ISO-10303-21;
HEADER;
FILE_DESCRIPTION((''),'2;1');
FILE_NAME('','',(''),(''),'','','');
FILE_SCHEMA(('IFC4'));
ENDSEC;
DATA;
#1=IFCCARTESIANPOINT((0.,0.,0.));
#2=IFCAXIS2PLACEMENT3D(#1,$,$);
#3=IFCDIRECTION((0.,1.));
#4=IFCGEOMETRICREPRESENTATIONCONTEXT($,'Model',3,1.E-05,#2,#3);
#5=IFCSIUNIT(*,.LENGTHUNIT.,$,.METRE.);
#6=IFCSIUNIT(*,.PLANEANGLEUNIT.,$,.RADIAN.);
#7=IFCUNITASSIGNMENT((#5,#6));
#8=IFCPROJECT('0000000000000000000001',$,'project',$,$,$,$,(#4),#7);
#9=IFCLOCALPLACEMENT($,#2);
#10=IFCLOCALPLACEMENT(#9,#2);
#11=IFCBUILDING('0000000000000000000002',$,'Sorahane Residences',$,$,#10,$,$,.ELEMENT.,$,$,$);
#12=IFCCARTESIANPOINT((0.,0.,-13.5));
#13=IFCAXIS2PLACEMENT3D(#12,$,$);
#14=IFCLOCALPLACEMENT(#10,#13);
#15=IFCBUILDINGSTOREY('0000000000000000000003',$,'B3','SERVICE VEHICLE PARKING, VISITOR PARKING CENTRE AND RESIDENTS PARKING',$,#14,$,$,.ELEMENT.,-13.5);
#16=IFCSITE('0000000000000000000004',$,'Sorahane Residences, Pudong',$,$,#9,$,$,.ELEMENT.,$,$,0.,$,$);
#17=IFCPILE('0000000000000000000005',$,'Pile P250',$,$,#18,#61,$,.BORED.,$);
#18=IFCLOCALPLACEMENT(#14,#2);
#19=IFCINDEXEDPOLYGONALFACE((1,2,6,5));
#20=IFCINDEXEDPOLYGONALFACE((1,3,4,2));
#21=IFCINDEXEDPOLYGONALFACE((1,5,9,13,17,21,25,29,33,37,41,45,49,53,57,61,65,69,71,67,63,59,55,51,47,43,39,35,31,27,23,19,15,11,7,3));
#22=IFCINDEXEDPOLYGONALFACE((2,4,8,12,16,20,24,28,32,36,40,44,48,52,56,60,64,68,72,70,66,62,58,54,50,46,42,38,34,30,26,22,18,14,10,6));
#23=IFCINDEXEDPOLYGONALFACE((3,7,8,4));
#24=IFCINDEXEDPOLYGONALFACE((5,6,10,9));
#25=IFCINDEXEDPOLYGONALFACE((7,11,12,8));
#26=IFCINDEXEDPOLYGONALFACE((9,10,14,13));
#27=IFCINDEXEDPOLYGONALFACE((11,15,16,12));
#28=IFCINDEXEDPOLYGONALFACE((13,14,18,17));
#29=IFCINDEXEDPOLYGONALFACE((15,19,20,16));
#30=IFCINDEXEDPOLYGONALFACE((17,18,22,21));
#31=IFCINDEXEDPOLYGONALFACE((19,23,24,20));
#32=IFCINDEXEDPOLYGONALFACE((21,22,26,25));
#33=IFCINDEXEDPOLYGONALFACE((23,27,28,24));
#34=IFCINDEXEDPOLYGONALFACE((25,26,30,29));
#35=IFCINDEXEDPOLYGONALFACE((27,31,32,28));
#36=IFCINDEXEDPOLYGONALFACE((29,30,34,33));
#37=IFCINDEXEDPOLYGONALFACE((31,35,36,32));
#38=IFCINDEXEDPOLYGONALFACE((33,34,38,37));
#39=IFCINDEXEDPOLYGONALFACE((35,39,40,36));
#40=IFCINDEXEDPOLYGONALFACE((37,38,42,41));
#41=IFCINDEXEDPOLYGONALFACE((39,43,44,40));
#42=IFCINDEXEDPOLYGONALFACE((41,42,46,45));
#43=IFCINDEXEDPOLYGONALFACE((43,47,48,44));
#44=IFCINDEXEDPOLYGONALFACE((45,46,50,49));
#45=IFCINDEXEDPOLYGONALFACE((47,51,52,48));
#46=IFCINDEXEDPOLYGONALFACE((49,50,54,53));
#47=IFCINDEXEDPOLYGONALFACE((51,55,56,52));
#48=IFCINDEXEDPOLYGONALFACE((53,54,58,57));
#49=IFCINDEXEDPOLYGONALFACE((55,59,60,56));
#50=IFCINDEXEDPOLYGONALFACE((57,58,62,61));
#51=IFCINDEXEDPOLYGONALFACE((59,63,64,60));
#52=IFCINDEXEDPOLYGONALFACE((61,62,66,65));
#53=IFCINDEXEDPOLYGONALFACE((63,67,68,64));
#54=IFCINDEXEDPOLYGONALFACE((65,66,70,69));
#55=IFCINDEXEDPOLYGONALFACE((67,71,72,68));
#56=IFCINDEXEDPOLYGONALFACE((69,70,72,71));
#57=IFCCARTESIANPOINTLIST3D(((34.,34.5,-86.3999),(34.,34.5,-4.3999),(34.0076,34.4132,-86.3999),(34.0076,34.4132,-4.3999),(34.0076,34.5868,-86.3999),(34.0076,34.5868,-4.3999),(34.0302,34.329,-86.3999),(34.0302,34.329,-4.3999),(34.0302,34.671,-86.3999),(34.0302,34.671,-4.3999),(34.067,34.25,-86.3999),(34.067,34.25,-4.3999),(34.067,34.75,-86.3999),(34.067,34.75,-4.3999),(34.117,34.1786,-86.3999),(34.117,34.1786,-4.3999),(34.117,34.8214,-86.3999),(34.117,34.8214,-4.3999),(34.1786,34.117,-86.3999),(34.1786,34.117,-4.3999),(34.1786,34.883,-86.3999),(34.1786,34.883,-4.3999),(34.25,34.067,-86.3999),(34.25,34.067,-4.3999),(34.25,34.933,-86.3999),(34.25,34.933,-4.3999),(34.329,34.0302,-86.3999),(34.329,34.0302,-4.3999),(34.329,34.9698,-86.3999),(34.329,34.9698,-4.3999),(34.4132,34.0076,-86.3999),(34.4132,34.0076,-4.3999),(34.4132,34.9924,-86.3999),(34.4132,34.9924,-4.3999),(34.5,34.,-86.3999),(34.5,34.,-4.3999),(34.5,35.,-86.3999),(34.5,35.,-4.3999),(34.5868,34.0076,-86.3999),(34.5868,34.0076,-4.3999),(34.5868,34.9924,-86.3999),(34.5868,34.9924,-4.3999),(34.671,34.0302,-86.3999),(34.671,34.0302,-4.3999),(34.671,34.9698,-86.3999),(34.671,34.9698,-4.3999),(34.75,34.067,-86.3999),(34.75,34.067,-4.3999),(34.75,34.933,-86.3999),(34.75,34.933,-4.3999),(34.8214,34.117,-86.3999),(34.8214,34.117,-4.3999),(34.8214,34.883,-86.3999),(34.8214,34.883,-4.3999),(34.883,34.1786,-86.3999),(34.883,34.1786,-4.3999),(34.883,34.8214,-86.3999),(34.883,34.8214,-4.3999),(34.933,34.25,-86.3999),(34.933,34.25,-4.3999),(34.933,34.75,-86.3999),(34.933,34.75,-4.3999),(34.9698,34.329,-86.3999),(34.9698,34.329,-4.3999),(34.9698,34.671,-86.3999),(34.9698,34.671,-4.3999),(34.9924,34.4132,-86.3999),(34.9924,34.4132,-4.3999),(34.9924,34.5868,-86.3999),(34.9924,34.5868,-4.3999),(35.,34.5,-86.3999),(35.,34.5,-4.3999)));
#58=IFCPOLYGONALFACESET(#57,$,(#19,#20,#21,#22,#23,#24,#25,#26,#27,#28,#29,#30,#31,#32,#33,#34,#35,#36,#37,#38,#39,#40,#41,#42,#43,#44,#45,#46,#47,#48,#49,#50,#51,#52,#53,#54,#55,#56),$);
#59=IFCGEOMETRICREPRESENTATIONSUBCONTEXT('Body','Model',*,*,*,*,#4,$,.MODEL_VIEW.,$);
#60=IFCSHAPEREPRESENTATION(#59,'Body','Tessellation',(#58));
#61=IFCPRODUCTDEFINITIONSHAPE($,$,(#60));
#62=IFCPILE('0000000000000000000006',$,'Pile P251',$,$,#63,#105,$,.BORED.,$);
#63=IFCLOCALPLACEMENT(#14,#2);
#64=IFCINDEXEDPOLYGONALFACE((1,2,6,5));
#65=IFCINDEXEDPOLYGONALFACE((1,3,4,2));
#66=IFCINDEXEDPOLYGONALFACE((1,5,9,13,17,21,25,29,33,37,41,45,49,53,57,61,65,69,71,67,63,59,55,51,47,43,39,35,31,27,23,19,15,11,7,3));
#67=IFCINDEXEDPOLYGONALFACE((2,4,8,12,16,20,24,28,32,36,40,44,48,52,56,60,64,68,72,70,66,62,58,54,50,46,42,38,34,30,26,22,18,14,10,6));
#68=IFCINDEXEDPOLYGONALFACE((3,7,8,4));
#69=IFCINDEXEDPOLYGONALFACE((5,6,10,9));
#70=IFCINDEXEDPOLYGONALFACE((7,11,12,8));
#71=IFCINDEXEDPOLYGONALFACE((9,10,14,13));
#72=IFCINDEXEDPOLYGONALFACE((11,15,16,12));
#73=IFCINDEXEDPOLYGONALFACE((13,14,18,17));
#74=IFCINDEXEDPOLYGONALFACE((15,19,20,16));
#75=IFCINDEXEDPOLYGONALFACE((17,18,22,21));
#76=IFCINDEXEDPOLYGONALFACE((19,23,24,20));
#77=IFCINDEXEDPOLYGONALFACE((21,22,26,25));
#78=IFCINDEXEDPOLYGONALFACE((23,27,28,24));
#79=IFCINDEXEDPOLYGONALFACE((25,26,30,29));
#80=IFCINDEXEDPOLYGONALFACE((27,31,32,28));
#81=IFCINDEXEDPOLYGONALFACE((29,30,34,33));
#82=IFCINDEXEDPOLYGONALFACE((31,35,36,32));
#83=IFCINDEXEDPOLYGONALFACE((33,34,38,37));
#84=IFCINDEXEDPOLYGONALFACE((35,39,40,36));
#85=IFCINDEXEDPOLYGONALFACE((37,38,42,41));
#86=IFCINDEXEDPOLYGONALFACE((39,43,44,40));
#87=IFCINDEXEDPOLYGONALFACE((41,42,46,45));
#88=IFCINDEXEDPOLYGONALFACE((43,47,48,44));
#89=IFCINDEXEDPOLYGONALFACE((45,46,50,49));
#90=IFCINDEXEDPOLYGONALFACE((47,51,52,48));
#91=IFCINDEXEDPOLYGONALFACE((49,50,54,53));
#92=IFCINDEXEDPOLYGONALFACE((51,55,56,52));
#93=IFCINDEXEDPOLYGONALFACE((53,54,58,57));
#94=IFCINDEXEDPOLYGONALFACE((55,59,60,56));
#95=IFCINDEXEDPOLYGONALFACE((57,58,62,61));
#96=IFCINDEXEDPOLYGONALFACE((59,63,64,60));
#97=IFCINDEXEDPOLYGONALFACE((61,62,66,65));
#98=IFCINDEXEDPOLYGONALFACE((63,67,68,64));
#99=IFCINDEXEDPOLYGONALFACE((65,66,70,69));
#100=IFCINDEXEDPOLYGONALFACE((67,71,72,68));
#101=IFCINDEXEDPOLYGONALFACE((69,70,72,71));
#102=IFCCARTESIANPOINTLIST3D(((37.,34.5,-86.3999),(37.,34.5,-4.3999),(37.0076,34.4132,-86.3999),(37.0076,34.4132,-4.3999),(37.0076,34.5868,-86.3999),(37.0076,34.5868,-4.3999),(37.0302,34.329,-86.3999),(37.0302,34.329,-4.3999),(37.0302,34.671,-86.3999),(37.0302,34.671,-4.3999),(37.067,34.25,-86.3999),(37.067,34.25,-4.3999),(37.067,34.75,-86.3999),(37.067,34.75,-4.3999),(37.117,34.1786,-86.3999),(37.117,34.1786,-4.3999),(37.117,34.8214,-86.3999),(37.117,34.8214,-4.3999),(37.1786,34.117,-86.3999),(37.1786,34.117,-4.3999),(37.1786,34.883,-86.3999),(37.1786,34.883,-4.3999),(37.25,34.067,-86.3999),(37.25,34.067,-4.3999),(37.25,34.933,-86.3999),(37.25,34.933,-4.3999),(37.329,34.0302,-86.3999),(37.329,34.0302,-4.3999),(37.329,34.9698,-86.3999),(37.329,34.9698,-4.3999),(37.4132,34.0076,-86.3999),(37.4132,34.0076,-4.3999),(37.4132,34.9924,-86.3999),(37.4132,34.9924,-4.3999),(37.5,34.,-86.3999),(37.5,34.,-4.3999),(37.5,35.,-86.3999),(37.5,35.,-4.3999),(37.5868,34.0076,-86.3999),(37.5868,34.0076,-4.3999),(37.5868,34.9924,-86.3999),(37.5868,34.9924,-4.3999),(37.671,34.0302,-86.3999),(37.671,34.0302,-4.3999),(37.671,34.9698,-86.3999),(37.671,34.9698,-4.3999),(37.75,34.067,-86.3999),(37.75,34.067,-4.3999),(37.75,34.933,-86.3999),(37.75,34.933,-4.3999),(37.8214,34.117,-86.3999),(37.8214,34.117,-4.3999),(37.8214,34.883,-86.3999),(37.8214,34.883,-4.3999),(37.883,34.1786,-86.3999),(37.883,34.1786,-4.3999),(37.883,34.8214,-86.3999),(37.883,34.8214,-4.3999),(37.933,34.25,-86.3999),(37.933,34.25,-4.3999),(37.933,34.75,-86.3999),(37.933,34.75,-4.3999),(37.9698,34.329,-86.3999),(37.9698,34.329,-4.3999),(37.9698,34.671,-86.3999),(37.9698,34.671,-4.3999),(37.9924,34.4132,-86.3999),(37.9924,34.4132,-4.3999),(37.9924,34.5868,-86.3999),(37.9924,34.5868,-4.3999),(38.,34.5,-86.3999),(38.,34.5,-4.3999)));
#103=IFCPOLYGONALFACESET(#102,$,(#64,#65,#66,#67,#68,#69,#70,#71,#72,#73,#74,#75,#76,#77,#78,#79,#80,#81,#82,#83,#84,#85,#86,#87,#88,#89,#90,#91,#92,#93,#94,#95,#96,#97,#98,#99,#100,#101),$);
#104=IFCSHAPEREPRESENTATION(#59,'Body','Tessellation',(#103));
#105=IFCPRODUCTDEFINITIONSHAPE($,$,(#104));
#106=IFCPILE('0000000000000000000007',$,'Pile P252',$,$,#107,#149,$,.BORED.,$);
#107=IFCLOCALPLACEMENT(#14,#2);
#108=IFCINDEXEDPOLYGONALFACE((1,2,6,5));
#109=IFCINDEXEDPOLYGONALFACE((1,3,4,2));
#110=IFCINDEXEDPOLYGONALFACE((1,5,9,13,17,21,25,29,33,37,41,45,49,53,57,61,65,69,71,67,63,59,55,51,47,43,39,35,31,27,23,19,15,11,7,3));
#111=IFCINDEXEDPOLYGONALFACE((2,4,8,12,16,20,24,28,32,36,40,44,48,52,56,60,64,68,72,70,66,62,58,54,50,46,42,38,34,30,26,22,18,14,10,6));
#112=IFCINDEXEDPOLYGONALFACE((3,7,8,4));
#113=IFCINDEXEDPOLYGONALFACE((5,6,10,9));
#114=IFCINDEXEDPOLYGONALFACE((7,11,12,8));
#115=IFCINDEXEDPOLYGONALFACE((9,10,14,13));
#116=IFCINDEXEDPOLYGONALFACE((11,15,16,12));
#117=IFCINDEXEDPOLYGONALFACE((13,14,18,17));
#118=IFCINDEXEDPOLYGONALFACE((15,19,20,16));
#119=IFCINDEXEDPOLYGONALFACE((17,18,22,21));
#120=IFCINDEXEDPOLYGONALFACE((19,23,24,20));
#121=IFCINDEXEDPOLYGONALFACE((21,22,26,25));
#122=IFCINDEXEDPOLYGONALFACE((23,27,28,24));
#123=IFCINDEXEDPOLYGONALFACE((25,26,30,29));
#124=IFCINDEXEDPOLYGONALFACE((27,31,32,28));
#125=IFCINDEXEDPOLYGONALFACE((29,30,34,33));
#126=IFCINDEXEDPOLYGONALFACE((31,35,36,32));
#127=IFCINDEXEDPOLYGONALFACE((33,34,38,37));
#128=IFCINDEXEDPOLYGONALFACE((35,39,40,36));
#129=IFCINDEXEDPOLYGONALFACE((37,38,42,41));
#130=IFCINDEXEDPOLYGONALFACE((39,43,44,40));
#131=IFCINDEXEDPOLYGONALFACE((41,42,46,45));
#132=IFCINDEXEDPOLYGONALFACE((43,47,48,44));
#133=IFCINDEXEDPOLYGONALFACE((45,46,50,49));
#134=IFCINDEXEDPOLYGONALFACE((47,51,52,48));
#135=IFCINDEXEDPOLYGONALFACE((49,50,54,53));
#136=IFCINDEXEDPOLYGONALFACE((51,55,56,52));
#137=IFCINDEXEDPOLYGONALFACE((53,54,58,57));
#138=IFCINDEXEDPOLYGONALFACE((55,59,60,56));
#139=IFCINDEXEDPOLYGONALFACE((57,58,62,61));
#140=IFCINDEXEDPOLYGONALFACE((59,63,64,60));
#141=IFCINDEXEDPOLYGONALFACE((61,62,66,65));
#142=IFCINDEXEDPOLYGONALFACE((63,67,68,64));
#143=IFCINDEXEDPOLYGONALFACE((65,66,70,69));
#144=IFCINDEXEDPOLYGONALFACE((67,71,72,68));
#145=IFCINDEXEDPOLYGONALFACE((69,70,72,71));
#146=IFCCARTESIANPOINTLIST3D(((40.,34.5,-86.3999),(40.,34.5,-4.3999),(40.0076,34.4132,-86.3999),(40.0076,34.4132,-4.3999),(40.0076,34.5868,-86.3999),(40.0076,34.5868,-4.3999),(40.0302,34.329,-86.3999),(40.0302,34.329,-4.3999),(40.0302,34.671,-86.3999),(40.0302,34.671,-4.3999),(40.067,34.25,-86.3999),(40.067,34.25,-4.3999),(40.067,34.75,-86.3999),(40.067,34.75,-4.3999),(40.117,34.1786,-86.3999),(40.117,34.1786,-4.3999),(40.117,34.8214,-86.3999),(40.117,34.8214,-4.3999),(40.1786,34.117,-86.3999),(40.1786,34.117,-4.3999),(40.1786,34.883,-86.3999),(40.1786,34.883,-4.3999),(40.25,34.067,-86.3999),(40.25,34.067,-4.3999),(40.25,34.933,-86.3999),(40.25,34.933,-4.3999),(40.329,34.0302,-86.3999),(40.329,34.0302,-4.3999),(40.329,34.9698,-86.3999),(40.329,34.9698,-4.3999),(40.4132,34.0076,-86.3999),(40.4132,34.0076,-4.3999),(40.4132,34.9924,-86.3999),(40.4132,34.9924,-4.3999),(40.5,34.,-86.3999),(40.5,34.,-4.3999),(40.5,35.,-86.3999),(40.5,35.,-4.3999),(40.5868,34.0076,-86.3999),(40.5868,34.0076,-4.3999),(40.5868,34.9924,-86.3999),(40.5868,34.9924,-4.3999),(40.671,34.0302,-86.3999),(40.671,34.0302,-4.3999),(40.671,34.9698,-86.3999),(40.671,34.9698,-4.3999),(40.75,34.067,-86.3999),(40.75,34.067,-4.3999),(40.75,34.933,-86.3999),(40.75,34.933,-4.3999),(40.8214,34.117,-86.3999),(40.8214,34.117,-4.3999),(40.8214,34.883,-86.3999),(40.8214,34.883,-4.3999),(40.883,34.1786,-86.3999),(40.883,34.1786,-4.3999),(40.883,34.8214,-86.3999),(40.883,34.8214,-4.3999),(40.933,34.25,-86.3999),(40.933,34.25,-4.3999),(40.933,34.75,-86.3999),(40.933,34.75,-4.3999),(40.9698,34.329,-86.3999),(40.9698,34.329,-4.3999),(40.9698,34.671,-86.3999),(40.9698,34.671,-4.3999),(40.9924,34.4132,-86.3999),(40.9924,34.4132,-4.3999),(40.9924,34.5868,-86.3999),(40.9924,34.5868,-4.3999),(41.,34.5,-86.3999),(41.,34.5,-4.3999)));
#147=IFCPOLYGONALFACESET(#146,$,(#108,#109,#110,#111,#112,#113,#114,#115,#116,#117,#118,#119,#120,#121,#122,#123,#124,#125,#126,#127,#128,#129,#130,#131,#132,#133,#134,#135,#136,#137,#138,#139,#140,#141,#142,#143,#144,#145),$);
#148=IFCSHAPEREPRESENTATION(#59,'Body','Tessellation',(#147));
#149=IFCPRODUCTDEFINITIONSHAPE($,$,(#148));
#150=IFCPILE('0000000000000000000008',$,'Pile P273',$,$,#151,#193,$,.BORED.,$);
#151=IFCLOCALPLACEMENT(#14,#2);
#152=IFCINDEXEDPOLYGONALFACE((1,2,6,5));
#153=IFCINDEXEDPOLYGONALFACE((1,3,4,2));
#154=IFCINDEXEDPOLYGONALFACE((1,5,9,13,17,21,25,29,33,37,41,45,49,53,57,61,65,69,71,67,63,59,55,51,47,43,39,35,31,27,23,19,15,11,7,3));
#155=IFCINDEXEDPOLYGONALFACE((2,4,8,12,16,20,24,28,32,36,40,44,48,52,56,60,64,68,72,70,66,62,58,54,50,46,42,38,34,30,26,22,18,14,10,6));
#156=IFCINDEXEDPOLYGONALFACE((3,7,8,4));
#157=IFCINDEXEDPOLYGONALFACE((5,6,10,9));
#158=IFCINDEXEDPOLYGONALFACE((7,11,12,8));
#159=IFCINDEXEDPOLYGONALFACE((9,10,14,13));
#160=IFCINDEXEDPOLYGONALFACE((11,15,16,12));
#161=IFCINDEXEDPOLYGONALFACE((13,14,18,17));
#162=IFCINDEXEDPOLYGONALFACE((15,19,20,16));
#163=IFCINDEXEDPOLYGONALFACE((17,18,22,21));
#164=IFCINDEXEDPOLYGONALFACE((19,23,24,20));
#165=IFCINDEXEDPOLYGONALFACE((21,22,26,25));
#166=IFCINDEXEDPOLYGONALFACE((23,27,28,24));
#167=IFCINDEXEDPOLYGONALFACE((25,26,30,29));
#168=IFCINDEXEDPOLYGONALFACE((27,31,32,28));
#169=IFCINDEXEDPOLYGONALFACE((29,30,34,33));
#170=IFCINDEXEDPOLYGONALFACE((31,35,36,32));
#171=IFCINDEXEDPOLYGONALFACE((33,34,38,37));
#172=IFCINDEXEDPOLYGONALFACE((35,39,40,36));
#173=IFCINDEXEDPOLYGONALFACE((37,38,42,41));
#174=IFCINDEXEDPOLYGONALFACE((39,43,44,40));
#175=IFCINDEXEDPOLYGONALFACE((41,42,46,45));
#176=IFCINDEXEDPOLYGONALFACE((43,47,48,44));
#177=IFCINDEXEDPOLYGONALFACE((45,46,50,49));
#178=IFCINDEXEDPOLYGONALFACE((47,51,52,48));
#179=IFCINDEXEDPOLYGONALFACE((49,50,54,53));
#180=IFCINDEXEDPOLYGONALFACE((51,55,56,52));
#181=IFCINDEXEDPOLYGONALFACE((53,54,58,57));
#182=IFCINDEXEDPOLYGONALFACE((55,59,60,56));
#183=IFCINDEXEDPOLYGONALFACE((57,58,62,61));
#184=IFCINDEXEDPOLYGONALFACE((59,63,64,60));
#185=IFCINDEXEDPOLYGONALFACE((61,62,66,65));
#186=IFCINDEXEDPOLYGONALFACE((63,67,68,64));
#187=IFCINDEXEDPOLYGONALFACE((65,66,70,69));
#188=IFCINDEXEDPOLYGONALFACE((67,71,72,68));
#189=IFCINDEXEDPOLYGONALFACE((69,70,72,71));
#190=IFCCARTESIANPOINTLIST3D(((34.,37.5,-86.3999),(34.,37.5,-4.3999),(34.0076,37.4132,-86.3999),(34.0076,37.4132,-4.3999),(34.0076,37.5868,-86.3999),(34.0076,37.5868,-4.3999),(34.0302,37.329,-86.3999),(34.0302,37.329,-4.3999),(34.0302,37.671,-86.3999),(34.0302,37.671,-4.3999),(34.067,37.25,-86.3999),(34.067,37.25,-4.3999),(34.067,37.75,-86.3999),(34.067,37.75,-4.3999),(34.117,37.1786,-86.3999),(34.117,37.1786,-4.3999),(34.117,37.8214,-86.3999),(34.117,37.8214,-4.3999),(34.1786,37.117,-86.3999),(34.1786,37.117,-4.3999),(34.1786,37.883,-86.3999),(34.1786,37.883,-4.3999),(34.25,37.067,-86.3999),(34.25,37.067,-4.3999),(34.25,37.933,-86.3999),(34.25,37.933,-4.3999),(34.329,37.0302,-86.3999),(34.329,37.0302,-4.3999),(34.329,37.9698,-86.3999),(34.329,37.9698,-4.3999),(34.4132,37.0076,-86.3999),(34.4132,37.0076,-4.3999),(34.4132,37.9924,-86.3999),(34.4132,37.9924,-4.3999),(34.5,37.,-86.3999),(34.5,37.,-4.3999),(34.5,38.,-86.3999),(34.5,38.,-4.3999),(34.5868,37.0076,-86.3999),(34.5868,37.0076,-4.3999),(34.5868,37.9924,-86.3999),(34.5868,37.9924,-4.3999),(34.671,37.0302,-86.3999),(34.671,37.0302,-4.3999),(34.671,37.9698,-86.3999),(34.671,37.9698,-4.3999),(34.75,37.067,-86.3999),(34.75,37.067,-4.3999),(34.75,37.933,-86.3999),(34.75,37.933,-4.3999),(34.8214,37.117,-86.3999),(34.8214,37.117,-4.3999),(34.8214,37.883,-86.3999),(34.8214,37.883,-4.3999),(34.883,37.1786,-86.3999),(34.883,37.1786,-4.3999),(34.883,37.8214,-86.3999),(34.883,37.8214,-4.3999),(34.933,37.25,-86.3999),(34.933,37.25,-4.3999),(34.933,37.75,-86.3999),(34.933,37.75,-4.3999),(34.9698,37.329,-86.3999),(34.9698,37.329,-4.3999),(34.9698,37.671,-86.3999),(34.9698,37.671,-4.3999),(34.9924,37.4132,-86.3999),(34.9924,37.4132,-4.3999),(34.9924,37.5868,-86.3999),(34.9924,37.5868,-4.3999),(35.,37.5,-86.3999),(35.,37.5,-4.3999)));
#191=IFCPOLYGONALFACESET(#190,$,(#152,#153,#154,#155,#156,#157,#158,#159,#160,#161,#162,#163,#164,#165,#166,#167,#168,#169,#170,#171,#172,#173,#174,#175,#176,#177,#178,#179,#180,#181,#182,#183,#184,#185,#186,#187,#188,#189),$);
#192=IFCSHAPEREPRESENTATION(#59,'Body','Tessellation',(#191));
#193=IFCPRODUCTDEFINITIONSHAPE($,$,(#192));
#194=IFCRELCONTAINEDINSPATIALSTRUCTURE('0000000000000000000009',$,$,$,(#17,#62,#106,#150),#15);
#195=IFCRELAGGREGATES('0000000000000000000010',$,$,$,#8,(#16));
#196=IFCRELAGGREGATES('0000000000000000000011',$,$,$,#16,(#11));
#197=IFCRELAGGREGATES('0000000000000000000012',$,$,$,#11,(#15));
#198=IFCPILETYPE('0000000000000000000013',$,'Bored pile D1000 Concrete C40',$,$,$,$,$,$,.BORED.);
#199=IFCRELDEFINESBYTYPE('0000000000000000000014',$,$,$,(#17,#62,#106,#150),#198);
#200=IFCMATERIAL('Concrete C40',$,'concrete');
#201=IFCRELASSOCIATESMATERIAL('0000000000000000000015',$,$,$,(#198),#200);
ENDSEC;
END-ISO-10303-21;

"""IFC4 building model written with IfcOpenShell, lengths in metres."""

from ifc_helpers import new_model, si_unit, direction, frame, origin, origin_2d, place, context, subcontext, project, spatial, circle, extrude, material, material_profile, profile_set, type_object, element, save


model = new_model("IFC4")

# Units and contexts
model_context = context("Model", 3, precision=1e-05, world=origin(), true_north=direction((0.0, 1.0)))
body_context = subcontext(model_context, "Body", "Model", "MODEL_VIEW")
ifc_project = project(units=[si_unit("LENGTHUNIT", "METRE"), si_unit("PLANEANGLEUNIT", "RADIAN")], contexts=[model_context])

# Site, building, storey
site_placement = place(None, origin())
site = spatial("IfcSite", under=ifc_project, at=site_placement, Name="Sorahane Residences, Pudong", CompositionType="ELEMENT", RefElevation=0.0)
building_placement = place(site_placement, origin())
building = spatial("IfcBuilding", under=site, at=building_placement, Name="Sorahane Residences", CompositionType="ELEMENT")
storey_placement = place(building_placement, frame((0.0, 0.0, -13.5)))
storey = spatial("IfcBuildingStorey", under=building, at=storey_placement, Name="B3", Description="SERVICE VEHICLE PARKING, VISITOR PARKING CENTRE AND RESIDENTS PARKING", CompositionType="ELEMENT", Elevation=-13.5)

# Piles
ifc_material_1 = material(Name="Concrete C40", Category="concrete")
ifc_material_profile_1 = material_profile(ifc_material_1, circle(Radius=0.5, at=origin_2d()), Name="D1000")
ifc_profile_set_1 = profile_set([ifc_material_profile_1], Name="Concrete C40")
pile_type = type_object("IfcPileType", Name="Bored pile D1000 Concrete C40", PredefinedType="BORED", material=ifc_profile_set_1)
for number, where, z_axis, x_axis, name in (
    (1, (34.5, 34.5, -4.3999), (0.0, 0.0, -1.0), (1.0, 0.0, 0.0), "Pile P250"),
    (2, (37.5, 34.5, -4.3999), (0.0, 0.0, -1.0), (1.0, 0.0, 0.0), "Pile P251"),
    (3, (40.5, 34.5, -4.3999), (0.0, 0.0, -1.0), (1.0, 0.0, 0.0), "Pile P252"),
    (4, (34.5, 37.5, -4.3999), (0.0, 0.0, -1.0), (1.0, 0.0, 0.0), "Pile P273"),
):
    element("IfcPile", number, at=place(storey_placement, frame(where, z_axis=z_axis, x_axis=x_axis)), inside=storey, type_object=pile_type, Name=name, PredefinedType="BORED", context=body_context, shape_type="SweptSolid", body=[
        extrude(circle(Radius=0.5, at=origin_2d()), origin(), (0.0, 0.0, 1.0), 82.0),
    ])

save(model, "model.ifc")
